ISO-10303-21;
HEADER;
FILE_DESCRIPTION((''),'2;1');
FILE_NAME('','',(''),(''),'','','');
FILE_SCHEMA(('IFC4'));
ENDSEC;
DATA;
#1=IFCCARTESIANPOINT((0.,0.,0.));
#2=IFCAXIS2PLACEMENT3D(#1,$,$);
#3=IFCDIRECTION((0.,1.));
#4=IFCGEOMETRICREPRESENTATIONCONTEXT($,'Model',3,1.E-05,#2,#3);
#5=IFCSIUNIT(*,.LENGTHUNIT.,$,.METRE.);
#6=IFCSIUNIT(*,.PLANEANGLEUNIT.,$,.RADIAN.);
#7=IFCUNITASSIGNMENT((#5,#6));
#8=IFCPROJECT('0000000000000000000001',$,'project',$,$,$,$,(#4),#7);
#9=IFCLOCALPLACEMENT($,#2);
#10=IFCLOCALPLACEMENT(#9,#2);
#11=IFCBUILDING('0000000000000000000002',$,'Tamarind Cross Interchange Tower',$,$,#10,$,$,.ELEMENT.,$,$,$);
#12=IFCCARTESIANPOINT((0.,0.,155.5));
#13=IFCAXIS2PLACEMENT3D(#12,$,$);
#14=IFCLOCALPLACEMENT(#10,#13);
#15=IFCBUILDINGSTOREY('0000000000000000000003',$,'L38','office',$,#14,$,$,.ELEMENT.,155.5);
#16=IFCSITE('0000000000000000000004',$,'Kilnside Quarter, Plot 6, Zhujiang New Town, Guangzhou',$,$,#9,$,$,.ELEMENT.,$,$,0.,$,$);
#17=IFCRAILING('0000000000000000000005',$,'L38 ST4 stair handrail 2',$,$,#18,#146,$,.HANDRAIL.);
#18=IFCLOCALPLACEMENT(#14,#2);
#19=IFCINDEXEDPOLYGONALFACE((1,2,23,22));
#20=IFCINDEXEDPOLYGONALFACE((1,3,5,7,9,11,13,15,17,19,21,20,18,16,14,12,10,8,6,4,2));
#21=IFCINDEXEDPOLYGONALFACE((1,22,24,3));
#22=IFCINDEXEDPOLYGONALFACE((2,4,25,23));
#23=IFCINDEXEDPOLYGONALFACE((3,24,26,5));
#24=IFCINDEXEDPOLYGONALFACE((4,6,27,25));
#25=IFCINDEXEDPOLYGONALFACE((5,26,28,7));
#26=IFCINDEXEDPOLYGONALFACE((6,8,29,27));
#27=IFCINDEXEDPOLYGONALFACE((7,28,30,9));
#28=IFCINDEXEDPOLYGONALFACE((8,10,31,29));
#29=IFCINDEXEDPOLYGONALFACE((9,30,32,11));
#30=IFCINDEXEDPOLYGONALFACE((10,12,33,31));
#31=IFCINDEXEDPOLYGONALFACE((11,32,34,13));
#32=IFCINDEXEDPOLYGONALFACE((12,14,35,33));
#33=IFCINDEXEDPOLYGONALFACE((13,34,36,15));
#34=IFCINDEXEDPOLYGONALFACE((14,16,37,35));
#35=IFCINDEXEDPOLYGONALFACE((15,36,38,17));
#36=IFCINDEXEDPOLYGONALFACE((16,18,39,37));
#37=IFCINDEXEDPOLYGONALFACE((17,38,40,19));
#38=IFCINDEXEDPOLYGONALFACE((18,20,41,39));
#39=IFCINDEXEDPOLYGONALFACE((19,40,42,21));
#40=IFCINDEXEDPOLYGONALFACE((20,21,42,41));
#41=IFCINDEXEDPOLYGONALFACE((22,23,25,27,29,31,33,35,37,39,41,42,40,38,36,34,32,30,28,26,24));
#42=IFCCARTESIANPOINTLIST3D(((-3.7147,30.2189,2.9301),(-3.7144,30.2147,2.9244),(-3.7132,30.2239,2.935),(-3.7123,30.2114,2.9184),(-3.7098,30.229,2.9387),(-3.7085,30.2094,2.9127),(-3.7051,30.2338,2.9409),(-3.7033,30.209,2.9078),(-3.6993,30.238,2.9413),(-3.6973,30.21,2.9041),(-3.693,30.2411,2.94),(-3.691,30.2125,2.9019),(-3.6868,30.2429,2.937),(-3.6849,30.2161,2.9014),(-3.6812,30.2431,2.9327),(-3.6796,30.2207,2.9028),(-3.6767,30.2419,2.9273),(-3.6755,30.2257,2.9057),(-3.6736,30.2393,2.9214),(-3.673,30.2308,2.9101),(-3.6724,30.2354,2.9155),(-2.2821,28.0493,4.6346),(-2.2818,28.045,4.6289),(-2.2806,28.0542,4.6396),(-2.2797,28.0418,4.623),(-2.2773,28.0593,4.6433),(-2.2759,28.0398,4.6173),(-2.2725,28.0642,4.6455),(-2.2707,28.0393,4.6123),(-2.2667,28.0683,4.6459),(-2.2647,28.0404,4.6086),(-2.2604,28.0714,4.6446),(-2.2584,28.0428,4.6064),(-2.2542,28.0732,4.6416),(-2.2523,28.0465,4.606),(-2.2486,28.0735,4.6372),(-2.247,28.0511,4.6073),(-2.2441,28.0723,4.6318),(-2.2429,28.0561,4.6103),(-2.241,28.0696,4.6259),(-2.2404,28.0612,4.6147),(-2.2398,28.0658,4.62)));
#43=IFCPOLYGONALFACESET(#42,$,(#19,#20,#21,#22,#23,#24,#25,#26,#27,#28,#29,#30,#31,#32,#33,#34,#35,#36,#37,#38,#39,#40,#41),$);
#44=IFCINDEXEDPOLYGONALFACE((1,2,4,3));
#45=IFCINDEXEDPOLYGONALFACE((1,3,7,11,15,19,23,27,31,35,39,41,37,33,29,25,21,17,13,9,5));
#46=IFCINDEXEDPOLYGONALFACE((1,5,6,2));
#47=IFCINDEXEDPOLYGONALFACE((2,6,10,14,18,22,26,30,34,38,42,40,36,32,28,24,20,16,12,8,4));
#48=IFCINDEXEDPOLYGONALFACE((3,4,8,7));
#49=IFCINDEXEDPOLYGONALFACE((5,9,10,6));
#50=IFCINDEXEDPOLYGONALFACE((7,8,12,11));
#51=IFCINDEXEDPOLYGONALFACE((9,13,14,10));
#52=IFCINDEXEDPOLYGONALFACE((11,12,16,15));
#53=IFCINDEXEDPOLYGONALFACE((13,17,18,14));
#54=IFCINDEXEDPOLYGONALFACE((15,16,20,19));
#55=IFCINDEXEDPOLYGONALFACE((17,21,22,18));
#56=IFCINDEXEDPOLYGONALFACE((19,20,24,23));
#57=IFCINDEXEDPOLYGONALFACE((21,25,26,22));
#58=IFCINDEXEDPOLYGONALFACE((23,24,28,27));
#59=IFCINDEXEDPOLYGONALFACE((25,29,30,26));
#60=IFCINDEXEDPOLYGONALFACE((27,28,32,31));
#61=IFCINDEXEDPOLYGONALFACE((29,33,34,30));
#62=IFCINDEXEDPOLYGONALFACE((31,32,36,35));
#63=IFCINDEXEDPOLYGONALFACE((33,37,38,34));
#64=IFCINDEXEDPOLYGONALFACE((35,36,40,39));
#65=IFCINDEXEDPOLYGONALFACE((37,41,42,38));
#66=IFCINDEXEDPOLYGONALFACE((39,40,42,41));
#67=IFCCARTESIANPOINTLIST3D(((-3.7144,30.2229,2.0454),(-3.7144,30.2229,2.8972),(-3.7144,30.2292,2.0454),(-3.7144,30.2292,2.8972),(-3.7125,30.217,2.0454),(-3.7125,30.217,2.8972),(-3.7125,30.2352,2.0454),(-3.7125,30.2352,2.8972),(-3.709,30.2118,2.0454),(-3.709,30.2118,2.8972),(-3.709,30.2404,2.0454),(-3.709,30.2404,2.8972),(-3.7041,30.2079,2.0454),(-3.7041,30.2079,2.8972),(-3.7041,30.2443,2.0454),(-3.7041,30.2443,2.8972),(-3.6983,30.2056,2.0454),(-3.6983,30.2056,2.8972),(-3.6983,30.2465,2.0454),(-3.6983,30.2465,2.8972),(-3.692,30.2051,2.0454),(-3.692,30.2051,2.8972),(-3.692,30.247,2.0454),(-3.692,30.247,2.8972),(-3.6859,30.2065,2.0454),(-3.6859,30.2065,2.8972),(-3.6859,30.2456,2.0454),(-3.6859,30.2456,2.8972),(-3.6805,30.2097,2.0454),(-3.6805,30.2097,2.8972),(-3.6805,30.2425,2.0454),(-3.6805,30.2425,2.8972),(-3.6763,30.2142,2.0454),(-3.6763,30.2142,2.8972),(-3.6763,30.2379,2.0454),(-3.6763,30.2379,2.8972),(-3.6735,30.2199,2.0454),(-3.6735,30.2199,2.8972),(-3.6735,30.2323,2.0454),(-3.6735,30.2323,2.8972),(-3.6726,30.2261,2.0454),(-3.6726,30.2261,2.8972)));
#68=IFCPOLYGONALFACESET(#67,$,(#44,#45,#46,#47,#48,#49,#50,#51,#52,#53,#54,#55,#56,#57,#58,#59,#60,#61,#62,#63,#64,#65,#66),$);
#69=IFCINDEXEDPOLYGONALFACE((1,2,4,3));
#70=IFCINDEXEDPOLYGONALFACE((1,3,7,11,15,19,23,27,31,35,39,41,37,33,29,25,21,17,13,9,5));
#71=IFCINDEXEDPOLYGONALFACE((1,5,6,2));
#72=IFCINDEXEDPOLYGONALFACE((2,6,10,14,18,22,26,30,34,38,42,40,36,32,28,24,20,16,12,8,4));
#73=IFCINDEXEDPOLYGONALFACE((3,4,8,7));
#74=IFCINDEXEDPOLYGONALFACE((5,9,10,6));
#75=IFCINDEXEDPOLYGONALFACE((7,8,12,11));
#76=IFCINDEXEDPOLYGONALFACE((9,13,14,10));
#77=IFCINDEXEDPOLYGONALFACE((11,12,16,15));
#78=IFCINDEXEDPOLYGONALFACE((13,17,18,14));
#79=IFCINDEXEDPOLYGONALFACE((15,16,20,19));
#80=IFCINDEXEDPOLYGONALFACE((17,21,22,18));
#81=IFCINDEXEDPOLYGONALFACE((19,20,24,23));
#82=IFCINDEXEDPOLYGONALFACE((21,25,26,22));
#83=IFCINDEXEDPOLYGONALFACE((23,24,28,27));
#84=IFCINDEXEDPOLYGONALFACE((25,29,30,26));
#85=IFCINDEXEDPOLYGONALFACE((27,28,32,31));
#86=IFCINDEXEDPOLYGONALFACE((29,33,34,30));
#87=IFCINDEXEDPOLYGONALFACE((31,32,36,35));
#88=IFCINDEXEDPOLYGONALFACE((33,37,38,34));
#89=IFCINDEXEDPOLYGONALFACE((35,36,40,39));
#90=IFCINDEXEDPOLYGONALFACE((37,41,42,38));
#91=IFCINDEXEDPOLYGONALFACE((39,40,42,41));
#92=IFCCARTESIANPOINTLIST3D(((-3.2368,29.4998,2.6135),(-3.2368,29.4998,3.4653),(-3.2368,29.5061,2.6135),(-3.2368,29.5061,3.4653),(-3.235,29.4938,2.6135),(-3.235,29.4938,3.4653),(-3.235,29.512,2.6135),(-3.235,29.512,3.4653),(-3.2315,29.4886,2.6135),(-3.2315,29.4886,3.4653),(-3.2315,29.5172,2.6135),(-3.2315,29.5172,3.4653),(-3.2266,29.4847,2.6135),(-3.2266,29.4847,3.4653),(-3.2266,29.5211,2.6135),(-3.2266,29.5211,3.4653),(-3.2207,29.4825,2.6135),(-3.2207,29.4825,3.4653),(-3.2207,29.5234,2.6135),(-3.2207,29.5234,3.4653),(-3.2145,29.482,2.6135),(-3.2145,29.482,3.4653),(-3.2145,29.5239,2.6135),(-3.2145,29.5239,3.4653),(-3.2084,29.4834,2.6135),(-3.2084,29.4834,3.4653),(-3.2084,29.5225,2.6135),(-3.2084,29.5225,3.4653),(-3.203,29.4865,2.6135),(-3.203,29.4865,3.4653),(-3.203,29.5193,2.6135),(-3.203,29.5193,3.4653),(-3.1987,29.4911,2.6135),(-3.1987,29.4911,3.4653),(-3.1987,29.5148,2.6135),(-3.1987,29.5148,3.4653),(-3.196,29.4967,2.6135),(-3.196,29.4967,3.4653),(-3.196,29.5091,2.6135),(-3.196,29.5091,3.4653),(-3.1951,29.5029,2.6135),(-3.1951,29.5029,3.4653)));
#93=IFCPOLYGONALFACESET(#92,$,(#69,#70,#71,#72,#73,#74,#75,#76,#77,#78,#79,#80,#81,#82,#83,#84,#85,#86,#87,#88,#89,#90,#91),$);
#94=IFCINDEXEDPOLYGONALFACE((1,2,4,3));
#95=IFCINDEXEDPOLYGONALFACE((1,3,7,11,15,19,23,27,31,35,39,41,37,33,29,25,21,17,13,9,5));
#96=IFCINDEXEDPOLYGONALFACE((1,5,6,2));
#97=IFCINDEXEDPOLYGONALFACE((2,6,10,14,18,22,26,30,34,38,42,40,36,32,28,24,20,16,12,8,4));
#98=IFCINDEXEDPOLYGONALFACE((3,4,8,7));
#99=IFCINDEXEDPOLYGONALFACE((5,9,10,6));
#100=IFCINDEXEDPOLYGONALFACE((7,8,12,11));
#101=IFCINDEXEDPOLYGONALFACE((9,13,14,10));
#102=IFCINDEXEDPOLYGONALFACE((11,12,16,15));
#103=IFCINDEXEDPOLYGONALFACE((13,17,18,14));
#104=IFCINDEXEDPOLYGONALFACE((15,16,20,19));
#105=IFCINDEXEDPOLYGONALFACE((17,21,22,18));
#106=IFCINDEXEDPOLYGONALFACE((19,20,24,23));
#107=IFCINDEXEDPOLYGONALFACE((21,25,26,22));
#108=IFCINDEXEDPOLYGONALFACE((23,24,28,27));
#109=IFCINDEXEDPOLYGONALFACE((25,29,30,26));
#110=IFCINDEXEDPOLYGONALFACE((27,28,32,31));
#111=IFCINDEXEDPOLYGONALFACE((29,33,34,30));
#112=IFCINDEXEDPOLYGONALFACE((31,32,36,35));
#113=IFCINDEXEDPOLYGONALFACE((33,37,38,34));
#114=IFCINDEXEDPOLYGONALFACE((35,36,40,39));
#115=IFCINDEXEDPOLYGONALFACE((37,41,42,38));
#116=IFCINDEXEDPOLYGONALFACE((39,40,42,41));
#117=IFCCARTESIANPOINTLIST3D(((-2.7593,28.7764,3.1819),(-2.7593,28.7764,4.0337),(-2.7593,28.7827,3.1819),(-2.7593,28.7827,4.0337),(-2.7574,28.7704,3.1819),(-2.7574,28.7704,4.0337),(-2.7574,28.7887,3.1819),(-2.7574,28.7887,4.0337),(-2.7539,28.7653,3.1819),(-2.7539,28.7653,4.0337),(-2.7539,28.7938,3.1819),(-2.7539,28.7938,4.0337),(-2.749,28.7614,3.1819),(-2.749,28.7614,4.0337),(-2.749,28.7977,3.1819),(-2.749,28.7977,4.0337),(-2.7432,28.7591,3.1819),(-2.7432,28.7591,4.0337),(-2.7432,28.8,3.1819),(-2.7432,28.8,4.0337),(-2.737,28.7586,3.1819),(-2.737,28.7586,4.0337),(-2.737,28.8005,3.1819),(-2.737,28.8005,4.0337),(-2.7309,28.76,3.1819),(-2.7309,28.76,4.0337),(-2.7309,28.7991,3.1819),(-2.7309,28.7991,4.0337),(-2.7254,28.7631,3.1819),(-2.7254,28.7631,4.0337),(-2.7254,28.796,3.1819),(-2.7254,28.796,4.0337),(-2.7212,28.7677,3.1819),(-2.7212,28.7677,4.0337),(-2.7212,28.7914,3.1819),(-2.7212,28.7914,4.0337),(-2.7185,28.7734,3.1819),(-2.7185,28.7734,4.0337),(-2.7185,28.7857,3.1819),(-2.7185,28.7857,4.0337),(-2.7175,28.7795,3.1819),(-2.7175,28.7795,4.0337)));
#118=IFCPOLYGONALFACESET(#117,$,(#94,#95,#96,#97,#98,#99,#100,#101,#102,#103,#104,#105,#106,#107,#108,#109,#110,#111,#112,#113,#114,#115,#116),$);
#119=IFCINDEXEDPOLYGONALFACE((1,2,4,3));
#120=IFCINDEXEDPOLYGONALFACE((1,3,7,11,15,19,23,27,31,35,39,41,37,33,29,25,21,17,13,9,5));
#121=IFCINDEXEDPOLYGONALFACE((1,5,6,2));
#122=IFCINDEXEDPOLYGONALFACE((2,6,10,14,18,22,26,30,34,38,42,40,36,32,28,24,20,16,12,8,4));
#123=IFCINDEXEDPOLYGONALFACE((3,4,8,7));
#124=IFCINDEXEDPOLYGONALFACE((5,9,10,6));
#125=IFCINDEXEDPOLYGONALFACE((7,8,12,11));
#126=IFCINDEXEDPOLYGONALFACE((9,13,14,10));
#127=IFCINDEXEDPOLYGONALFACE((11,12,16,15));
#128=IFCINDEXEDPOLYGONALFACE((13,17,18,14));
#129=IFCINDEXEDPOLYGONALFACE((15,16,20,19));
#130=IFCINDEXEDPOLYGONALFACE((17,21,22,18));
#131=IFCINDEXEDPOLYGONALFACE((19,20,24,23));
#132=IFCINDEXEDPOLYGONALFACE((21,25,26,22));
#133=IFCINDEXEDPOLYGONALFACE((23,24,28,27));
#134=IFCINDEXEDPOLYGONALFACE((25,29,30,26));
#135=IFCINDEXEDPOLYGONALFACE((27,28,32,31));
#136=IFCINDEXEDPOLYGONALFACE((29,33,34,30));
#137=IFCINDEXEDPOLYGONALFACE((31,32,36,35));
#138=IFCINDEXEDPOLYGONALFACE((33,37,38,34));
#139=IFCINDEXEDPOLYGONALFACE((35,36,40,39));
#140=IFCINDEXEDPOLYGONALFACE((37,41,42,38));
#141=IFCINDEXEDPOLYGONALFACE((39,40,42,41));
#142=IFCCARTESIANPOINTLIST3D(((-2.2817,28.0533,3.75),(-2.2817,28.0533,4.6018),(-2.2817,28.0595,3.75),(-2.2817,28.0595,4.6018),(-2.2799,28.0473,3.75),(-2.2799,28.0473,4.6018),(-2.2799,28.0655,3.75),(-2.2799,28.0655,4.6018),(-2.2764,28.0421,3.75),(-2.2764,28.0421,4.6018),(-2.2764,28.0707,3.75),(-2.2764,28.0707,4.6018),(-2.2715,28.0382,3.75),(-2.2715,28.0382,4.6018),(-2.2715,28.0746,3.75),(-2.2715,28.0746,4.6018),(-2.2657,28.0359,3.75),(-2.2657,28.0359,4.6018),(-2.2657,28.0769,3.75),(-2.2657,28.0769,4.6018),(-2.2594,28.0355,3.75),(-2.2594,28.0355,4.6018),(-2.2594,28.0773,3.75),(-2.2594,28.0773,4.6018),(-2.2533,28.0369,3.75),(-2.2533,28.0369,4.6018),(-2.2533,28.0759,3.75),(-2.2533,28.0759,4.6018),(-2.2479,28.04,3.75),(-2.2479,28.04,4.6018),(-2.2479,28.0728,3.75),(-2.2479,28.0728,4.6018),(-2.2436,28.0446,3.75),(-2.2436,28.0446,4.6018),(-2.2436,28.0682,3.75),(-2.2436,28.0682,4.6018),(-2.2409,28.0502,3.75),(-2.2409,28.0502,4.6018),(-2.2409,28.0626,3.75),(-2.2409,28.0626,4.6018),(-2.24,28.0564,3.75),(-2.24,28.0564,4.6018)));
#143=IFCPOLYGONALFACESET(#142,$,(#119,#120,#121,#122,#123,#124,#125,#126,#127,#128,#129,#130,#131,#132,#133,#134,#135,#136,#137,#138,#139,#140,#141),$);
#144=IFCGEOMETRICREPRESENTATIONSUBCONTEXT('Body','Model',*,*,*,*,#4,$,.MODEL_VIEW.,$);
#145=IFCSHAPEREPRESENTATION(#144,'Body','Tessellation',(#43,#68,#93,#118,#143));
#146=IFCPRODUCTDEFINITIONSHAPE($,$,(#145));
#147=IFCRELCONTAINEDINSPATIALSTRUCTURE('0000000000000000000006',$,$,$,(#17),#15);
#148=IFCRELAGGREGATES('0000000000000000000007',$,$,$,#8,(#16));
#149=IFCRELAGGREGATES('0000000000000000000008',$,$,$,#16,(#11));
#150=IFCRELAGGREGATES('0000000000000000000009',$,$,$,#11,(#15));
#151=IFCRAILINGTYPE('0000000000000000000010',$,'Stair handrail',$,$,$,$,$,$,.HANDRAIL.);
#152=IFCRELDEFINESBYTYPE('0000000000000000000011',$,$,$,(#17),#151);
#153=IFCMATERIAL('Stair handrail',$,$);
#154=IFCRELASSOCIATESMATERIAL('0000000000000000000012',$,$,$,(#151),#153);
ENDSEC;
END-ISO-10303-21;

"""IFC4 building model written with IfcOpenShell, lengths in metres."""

from ifc_helpers import new_model, si_unit, direction, frame, origin, origin_2d, place, context, subcontext, project, spatial, circle, extrude, material, type_object, element, save


model = new_model("IFC4")

# Units and contexts
model_context = context("Model", 3, precision=1e-05, world=origin(), true_north=direction((0.0, 1.0)))
body_context = subcontext(model_context, "Body", "Model", "MODEL_VIEW")
ifc_project = project(units=[si_unit("LENGTHUNIT", "METRE"), si_unit("PLANEANGLEUNIT", "RADIAN")], contexts=[model_context])

# Site, building, storey
site_placement = place(None, origin())
site = spatial("IfcSite", under=ifc_project, at=site_placement, Name="Kilnside Quarter, Plot 6, Zhujiang New Town, Guangzhou", CompositionType="ELEMENT", RefElevation=0.0)
building_placement = place(site_placement, origin())
building = spatial("IfcBuilding", under=site, at=building_placement, Name="Tamarind Cross Interchange Tower", CompositionType="ELEMENT")
storey_placement = place(building_placement, frame((0.0, 0.0, 155.5)))
storey = spatial("IfcBuildingStorey", under=building, at=storey_placement, Name="L38", Description="office", CompositionType="ELEMENT", Elevation=155.5)

# Railing
ifc_material_1 = material(Name="Stair handrail")
railing_type_1 = type_object("IfcRailingType", Name="Stair handrail", PredefinedType="HANDRAIL", material=ifc_material_1)
railing_1_placement = place(storey_placement, frame((-3.6936, 30.2261, 2.0454)))
element("IfcRailing", 1, at=railing_1_placement, inside=storey, type_object=railing_type_1, Name="L38 ST4 stair handrail 2", PredefinedType="HANDRAIL", context=body_context, shape_type="SweptSolid", body=[
    extrude(circle(Radius=0.0239, at=origin_2d()), frame((0.0, 0.0, 0.876), z_axis=(0.460805, -0.697883, 0.548286), x_axis=(0.834498, 0.551011, 0.0)), (0.0, 0.0, 1.0), 3.1089),
    extrude(circle(Radius=0.021, at=origin_2d()), origin(), (0.0, 0.0, 1.0), 0.8518),
    extrude(circle(Radius=0.021, at=origin_2d()), frame((0.4775, -0.7231, 0.5681)), (0.0, 0.0, 1.0), 0.8518),
    extrude(circle(Radius=0.021, at=origin_2d()), frame((0.9551, -1.4465, 1.1365)), (0.0, 0.0, 1.0), 0.8518),
    extrude(circle(Radius=0.021, at=origin_2d()), frame((1.4326, -2.1697, 1.7046)), (0.0, 0.0, 1.0), 0.8518),
])

save(model, "model.ifc")
